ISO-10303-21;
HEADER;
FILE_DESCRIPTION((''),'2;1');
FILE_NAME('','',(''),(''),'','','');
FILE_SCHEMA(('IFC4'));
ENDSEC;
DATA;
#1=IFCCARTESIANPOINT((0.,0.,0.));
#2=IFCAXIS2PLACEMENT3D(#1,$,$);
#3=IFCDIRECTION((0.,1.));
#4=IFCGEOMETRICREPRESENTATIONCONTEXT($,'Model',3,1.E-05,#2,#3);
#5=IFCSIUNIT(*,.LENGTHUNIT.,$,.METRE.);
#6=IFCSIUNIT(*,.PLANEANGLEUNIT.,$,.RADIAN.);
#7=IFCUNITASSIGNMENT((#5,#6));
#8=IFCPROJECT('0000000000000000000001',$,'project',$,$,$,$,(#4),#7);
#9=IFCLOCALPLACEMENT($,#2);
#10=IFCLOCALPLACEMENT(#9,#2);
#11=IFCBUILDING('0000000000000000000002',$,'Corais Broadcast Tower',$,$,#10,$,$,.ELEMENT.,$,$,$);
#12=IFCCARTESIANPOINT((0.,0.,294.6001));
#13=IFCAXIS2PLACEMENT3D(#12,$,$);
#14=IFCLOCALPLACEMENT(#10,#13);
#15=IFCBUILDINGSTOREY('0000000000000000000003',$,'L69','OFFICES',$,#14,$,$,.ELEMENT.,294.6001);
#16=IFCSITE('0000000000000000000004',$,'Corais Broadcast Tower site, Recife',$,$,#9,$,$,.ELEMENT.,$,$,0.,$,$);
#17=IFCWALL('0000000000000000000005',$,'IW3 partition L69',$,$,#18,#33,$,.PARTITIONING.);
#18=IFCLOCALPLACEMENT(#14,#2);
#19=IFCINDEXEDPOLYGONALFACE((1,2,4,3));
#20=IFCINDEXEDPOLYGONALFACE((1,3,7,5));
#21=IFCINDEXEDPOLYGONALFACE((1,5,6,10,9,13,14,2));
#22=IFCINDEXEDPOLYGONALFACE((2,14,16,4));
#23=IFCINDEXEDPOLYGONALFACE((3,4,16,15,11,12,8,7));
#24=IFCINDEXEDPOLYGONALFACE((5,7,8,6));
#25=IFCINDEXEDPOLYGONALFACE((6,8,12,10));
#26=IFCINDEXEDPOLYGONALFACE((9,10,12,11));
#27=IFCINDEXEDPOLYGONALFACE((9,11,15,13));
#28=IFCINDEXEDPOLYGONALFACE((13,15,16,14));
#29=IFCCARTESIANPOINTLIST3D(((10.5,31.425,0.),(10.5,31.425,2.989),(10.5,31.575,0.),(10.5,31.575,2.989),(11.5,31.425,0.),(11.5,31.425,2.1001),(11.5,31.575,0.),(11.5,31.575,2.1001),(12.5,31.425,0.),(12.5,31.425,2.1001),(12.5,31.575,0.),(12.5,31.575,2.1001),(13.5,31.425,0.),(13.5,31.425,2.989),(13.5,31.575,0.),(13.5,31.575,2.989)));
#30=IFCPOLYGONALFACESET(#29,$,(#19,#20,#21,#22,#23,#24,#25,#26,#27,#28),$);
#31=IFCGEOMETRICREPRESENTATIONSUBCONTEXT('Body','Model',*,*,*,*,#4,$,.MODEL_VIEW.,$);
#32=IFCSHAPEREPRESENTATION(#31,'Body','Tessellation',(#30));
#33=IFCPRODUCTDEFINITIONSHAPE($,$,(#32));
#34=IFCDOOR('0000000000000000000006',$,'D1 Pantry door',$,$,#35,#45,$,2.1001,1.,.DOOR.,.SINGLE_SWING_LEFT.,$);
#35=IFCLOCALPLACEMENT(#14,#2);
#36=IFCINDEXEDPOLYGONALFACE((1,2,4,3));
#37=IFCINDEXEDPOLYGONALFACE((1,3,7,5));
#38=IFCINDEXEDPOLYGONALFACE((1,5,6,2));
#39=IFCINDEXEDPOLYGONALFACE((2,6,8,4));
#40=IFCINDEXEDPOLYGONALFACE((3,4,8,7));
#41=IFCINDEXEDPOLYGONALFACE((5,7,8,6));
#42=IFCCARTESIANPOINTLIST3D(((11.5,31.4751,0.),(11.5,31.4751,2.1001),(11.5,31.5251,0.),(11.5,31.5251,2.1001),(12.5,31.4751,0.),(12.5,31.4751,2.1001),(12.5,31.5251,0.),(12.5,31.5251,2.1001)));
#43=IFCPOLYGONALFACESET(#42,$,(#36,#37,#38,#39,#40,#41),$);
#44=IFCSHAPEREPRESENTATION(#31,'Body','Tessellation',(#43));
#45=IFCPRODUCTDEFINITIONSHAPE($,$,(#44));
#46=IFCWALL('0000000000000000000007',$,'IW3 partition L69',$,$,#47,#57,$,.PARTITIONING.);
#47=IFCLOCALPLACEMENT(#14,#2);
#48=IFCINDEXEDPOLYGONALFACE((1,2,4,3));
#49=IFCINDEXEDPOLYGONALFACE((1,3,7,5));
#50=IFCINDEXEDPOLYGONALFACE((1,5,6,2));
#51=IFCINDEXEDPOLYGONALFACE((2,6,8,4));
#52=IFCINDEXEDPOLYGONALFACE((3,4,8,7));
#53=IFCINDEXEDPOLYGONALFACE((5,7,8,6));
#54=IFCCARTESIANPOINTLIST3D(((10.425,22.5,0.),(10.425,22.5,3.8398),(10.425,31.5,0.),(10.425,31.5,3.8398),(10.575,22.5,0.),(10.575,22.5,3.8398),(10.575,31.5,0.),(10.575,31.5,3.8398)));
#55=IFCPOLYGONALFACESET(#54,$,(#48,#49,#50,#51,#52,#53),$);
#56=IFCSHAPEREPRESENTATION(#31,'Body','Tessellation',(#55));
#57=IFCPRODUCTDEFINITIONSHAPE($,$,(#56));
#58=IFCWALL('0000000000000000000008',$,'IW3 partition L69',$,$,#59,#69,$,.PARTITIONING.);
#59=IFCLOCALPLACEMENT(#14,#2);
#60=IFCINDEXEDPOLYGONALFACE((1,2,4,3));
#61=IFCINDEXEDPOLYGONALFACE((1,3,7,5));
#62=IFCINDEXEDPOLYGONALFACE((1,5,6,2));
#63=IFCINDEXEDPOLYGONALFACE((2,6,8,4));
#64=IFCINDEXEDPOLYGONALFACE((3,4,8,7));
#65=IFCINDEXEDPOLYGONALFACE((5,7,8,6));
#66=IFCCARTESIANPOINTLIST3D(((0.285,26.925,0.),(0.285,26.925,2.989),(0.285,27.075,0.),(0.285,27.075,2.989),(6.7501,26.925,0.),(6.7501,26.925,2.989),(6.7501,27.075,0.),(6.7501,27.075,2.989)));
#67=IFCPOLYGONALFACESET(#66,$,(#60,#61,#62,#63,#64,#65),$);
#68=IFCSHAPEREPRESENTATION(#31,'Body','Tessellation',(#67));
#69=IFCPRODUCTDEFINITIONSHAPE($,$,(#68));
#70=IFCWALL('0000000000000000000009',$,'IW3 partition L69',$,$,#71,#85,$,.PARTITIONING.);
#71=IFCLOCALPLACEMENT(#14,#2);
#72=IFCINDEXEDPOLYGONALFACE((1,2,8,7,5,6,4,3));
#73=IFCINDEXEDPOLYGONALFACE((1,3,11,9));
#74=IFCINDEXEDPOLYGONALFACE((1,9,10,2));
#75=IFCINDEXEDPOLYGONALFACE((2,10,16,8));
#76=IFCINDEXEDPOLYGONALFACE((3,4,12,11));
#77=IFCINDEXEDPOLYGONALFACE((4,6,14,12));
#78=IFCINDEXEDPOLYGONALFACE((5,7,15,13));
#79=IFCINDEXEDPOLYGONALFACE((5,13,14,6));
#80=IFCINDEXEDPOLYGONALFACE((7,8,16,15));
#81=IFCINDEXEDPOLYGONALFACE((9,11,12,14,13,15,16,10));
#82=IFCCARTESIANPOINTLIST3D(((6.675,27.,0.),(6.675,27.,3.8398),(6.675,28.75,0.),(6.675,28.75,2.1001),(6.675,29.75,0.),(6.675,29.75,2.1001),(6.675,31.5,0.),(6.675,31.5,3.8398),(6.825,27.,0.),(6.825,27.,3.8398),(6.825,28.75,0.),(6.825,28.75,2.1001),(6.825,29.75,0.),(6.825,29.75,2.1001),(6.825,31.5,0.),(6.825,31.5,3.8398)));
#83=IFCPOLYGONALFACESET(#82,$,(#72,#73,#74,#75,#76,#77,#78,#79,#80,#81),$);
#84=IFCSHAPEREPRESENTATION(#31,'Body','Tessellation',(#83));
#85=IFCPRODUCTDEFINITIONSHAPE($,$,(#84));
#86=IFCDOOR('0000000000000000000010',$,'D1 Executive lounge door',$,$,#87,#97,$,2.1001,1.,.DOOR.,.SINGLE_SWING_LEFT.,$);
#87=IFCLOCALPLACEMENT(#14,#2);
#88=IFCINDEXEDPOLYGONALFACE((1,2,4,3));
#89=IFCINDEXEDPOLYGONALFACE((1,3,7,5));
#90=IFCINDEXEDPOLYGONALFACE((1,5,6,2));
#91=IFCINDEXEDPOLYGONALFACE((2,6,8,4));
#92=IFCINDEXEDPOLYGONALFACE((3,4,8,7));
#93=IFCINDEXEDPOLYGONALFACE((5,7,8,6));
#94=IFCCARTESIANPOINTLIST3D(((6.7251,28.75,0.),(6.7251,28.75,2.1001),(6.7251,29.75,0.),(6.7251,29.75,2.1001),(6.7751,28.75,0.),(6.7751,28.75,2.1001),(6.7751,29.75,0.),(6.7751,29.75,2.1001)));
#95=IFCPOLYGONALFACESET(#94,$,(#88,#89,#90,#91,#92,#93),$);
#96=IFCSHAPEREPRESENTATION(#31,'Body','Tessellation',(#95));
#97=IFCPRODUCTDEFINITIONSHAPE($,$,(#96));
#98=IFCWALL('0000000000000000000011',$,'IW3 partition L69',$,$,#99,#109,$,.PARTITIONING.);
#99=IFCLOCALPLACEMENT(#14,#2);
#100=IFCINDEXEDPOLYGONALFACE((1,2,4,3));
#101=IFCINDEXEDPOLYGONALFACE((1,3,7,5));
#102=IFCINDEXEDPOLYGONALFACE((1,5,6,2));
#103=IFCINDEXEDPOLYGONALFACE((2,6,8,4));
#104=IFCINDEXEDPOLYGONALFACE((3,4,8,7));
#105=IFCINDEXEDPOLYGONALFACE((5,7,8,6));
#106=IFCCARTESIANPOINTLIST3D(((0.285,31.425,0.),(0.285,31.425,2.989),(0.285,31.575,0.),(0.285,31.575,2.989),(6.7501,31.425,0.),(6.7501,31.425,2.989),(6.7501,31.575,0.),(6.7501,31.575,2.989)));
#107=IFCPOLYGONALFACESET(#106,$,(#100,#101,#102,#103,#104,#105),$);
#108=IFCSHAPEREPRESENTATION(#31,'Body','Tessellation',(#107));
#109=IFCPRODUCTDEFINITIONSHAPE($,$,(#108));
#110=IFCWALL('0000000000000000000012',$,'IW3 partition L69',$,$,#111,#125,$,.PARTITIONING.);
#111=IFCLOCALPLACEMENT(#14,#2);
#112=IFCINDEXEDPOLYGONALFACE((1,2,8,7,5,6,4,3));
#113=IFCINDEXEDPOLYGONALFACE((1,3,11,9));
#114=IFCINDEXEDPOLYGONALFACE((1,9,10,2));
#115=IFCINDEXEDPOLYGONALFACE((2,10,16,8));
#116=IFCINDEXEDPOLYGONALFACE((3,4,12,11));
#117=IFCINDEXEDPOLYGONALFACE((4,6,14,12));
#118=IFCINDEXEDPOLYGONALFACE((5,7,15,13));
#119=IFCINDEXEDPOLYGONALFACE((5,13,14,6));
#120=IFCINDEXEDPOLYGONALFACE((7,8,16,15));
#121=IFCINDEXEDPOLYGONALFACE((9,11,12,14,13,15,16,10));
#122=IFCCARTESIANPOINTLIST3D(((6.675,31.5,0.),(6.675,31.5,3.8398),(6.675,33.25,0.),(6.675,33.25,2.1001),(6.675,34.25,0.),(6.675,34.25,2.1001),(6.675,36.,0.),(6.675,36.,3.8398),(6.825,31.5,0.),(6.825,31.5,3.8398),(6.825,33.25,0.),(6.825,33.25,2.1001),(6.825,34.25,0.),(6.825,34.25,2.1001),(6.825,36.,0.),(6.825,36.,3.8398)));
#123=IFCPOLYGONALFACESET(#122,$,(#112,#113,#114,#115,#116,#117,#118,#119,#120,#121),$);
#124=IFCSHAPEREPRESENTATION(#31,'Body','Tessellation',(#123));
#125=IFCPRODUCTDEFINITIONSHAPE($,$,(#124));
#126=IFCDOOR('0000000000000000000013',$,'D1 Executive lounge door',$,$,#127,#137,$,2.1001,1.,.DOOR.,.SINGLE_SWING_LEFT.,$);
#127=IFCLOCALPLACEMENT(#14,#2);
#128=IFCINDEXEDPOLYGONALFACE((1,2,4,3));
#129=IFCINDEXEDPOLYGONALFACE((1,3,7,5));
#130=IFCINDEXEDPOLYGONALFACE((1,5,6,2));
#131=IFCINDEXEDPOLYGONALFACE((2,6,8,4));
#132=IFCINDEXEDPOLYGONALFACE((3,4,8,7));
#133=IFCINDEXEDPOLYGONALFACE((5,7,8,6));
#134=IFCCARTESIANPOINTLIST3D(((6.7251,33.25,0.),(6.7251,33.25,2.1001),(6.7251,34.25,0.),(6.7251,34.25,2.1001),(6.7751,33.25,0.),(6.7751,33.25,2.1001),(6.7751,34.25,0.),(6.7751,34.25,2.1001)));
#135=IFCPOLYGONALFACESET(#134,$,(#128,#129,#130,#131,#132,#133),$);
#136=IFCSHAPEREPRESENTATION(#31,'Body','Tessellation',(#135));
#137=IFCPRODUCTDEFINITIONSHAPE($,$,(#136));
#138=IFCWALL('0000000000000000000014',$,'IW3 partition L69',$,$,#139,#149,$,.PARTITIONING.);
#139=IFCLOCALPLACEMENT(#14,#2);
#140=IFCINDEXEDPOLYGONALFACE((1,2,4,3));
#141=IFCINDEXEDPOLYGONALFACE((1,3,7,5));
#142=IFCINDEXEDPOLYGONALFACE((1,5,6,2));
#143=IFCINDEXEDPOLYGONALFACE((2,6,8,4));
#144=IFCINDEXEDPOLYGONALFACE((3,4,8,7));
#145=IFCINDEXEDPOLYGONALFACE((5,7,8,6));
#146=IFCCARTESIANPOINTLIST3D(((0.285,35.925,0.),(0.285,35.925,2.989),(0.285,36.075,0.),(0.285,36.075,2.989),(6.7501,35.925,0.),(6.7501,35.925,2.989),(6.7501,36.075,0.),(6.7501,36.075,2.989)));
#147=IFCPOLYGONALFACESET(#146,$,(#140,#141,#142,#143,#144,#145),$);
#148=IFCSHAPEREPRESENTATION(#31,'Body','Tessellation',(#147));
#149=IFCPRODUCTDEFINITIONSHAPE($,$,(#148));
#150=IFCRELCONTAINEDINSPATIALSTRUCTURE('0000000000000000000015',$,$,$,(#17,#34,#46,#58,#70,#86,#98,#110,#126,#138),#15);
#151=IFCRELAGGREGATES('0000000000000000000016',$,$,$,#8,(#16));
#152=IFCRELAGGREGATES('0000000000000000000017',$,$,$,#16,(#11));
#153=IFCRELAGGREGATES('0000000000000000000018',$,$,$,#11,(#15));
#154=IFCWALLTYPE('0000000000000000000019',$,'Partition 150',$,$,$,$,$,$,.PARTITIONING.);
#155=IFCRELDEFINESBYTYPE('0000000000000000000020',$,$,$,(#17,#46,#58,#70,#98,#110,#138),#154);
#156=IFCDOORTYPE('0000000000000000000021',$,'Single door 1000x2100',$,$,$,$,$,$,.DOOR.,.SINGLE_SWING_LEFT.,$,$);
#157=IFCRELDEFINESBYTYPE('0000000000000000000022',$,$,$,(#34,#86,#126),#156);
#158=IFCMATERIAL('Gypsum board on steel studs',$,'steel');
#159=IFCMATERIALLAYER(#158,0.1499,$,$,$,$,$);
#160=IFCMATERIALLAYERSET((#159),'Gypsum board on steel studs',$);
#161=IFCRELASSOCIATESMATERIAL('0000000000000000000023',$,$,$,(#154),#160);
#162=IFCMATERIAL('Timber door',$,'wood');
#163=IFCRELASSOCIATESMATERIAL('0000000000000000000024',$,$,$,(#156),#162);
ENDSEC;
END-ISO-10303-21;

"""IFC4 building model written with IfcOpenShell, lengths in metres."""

from ifc_helpers import new_model, si_unit, direction, frame, frame_2d, origin, place, context, subcontext, project, spatial, rectangle, extrude, material, layer, layer_set, type_object, element, fill, save


model = new_model("IFC4")

# Units and contexts
model_context = context("Model", 3, precision=1e-05, world=origin(), true_north=direction((0.0, 1.0)))
body_context = subcontext(model_context, "Body", "Model", "MODEL_VIEW")
ifc_project = project(units=[si_unit("LENGTHUNIT", "METRE"), si_unit("PLANEANGLEUNIT", "RADIAN")], contexts=[model_context])

# Site, building, storey
site_placement = place(None, origin())
site = spatial("IfcSite", under=ifc_project, at=site_placement, Name="Corais Broadcast Tower site, Recife", CompositionType="ELEMENT", RefElevation=0.0)
building_placement = place(site_placement, origin())
building = spatial("IfcBuilding", under=site, at=building_placement, Name="Corais Broadcast Tower", CompositionType="ELEMENT")
storey_placement = place(building_placement, frame((0.0, 0.0, 294.6001)))
storey = spatial("IfcBuildingStorey", under=building, at=storey_placement, Name="L69", Description="OFFICES", CompositionType="ELEMENT", Elevation=294.6001)

# Shared definitions
ifc_material_1 = material(Name="Gypsum board on steel studs", Category="steel")
ifc_layer_1 = layer(ifc_material_1, 0.1499)
ifc_layer_set_1 = layer_set([ifc_layer_1], Name="Gypsum board on steel studs")
wall_type_1 = type_object("IfcWallType", Name="Partition 150", PredefinedType="PARTITIONING", material=ifc_layer_set_1)
ifc_material_2 = material(Name="Timber door", Category="wood")
door_type_1 = type_object("IfcDoorType", Name="Single door 1000x2100", OperationType="SINGLE_SWING_LEFT", PredefinedType="DOOR", material=ifc_material_2)

# Wall, opening, door
wall_1_placement = place(storey_placement, frame((13.5, 31.5, 0.0), z_axis=(0.0, 0.0, 1.0), x_axis=(-1.0, 0.0, 0.0)))
wall_1 = element("IfcWall", 1, at=wall_1_placement, inside=storey, type_object=wall_type_1, Name="IW3 partition L69", PredefinedType="PARTITIONING", context=body_context, shape_type="SweptSolid", body=[
    extrude(rectangle(XDim=3.0, YDim=0.1499, at=frame_2d((1.5, 0.0))), origin(), (0.0, 0.0, 1.0), 2.989),
])
opening_1_placement = place(wall_1_placement, frame((1.0, 0.0, 0.0)))
opening_1 = element("IfcOpeningElement", 2, at=opening_1_placement, cuts=wall_1, PredefinedType="OPENING", context=body_context, shape_type="SweptSolid", body=[
    extrude(rectangle(XDim=1.0, YDim=2.1001, at=frame_2d((0.5, 1.05))), frame((0.0, 0.085, 0.0), z_axis=(0.0, -1.0, 0.0), x_axis=(1.0, 0.0, 0.0)), (0.0, 0.0, 1.0), 0.1699),
])
door_1_placement = place(opening_1_placement, origin())
door_1 = element("IfcDoor", 3, at=door_1_placement, inside=storey, type_object=door_type_1, Name="D1 Pantry door", OperationType="SINGLE_SWING_LEFT", OverallHeight=2.1001, OverallWidth=1.0, PredefinedType="DOOR", context=body_context, shape_type="SweptSolid", body=[
    extrude(rectangle(XDim=1.0, YDim=2.1001, at=frame_2d((0.5, 1.05))), frame((0.0, 0.0249, 0.0), z_axis=(0.0, -1.0, 0.0), x_axis=(1.0, 0.0, 0.0)), (0.0, 0.0, 1.0), 0.05),
])
fill(opening_1, door_1)

# Walls
wall_2_placement = place(storey_placement, frame((10.5, 31.5, 0.0), z_axis=(0.0, 0.0, 1.0), x_axis=(0.0, -1.0, 0.0)))
element("IfcWall", 4, at=wall_2_placement, inside=storey, type_object=wall_type_1, Name="IW3 partition L69", PredefinedType="PARTITIONING", context=body_context, shape_type="SweptSolid", body=[
    extrude(rectangle(XDim=9.0, YDim=0.1499, at=frame_2d((4.5, 0.0))), origin(), (0.0, 0.0, 1.0), 3.8398),
])
wall_3_placement = place(storey_placement, frame((6.75, 27.0, 0.0), z_axis=(0.0, 0.0, 1.0), x_axis=(-1.0, 0.0, 0.0)))
element("IfcWall", 5, at=wall_3_placement, inside=storey, type_object=wall_type_1, Name="IW3 partition L69", PredefinedType="PARTITIONING", context=body_context, shape_type="SweptSolid", body=[
    extrude(rectangle(XDim=6.4651, YDim=0.1499, at=frame_2d((3.2324, 0.0))), origin(), (0.0, 0.0, 1.0), 2.989),
])

# Wall, opening, door
wall_4_placement = place(storey_placement, frame((6.75, 27.0, 0.0), z_axis=(0.0, 0.0, 1.0), x_axis=(0.0, 1.0, 0.0)))
wall_4 = element("IfcWall", 6, at=wall_4_placement, inside=storey, type_object=wall_type_1, Name="IW3 partition L69", PredefinedType="PARTITIONING", context=body_context, shape_type="SweptSolid", body=[
    extrude(rectangle(XDim=4.5, YDim=0.1499, at=frame_2d((2.25, 0.0))), origin(), (0.0, 0.0, 1.0), 3.8398),
])
opening_2_placement = place(wall_4_placement, frame((1.75, 0.0, 0.0)))
opening_2 = element("IfcOpeningElement", 7, at=opening_2_placement, cuts=wall_4, PredefinedType="OPENING", context=body_context, shape_type="SweptSolid", body=[
    extrude(rectangle(XDim=1.0, YDim=2.1001, at=frame_2d((0.5, 1.05))), frame((0.0, 0.085, 0.0), z_axis=(0.0, -1.0, 0.0), x_axis=(1.0, 0.0, 0.0)), (0.0, 0.0, 1.0), 0.1699),
])
door_2_placement = place(opening_2_placement, origin())
door_2 = element("IfcDoor", 8, at=door_2_placement, inside=storey, type_object=door_type_1, Name="D1 Executive lounge door", OperationType="SINGLE_SWING_LEFT", OverallHeight=2.1001, OverallWidth=1.0, PredefinedType="DOOR", context=body_context, shape_type="SweptSolid", body=[
    extrude(rectangle(XDim=1.0, YDim=2.1001, at=frame_2d((0.5, 1.05))), frame((0.0, 0.0249, 0.0), z_axis=(0.0, -1.0, 0.0), x_axis=(1.0, 0.0, 0.0)), (0.0, 0.0, 1.0), 0.05),
])
fill(opening_2, door_2)

# Wall
wall_5_placement = place(storey_placement, frame((6.75, 31.5, 0.0), z_axis=(0.0, 0.0, 1.0), x_axis=(-1.0, 0.0, 0.0)))
element("IfcWall", 9, at=wall_5_placement, inside=storey, type_object=wall_type_1, Name="IW3 partition L69", PredefinedType="PARTITIONING", context=body_context, shape_type="SweptSolid", body=[
    extrude(rectangle(XDim=6.4651, YDim=0.1499, at=frame_2d((3.2324, 0.0))), origin(), (0.0, 0.0, 1.0), 2.989),
])

# Wall, opening, door
wall_6_placement = place(storey_placement, frame((6.75, 31.5, 0.0), z_axis=(0.0, 0.0, 1.0), x_axis=(0.0, 1.0, 0.0)))
wall_6 = element("IfcWall", 10, at=wall_6_placement, inside=storey, type_object=wall_type_1, Name="IW3 partition L69", PredefinedType="PARTITIONING", context=body_context, shape_type="SweptSolid", body=[
    extrude(rectangle(XDim=4.5, YDim=0.1499, at=frame_2d((2.25, 0.0))), origin(), (0.0, 0.0, 1.0), 3.8398),
])
opening_3_placement = place(wall_6_placement, frame((1.75, 0.0, 0.0)))
opening_3 = element("IfcOpeningElement", 11, at=opening_3_placement, cuts=wall_6, PredefinedType="OPENING", context=body_context, shape_type="SweptSolid", body=[
    extrude(rectangle(XDim=1.0, YDim=2.1001, at=frame_2d((0.5, 1.05))), frame((0.0, 0.085, 0.0), z_axis=(0.0, -1.0, 0.0), x_axis=(1.0, 0.0, 0.0)), (0.0, 0.0, 1.0), 0.1699),
])
door_3_placement = place(opening_3_placement, origin())
door_3 = element("IfcDoor", 12, at=door_3_placement, inside=storey, type_object=door_type_1, Name="D1 Executive lounge door", OperationType="SINGLE_SWING_LEFT", OverallHeight=2.1001, OverallWidth=1.0, PredefinedType="DOOR", context=body_context, shape_type="SweptSolid", body=[
    extrude(rectangle(XDim=1.0, YDim=2.1001, at=frame_2d((0.5, 1.05))), frame((0.0, 0.0249, 0.0), z_axis=(0.0, -1.0, 0.0), x_axis=(1.0, 0.0, 0.0)), (0.0, 0.0, 1.0), 0.05),
])
fill(opening_3, door_3)

# Wall
wall_7_placement = place(storey_placement, frame((6.75, 36.0, 0.0), z_axis=(0.0, 0.0, 1.0), x_axis=(-1.0, 0.0, 0.0)))
element("IfcWall", 13, at=wall_7_placement, inside=storey, type_object=wall_type_1, Name="IW3 partition L69", PredefinedType="PARTITIONING", context=body_context, shape_type="SweptSolid", body=[
    extrude(rectangle(XDim=6.4651, YDim=0.1499, at=frame_2d((3.2324, 0.0))), origin(), (0.0, 0.0, 1.0), 2.989),
])

save(model, "model.ifc")
